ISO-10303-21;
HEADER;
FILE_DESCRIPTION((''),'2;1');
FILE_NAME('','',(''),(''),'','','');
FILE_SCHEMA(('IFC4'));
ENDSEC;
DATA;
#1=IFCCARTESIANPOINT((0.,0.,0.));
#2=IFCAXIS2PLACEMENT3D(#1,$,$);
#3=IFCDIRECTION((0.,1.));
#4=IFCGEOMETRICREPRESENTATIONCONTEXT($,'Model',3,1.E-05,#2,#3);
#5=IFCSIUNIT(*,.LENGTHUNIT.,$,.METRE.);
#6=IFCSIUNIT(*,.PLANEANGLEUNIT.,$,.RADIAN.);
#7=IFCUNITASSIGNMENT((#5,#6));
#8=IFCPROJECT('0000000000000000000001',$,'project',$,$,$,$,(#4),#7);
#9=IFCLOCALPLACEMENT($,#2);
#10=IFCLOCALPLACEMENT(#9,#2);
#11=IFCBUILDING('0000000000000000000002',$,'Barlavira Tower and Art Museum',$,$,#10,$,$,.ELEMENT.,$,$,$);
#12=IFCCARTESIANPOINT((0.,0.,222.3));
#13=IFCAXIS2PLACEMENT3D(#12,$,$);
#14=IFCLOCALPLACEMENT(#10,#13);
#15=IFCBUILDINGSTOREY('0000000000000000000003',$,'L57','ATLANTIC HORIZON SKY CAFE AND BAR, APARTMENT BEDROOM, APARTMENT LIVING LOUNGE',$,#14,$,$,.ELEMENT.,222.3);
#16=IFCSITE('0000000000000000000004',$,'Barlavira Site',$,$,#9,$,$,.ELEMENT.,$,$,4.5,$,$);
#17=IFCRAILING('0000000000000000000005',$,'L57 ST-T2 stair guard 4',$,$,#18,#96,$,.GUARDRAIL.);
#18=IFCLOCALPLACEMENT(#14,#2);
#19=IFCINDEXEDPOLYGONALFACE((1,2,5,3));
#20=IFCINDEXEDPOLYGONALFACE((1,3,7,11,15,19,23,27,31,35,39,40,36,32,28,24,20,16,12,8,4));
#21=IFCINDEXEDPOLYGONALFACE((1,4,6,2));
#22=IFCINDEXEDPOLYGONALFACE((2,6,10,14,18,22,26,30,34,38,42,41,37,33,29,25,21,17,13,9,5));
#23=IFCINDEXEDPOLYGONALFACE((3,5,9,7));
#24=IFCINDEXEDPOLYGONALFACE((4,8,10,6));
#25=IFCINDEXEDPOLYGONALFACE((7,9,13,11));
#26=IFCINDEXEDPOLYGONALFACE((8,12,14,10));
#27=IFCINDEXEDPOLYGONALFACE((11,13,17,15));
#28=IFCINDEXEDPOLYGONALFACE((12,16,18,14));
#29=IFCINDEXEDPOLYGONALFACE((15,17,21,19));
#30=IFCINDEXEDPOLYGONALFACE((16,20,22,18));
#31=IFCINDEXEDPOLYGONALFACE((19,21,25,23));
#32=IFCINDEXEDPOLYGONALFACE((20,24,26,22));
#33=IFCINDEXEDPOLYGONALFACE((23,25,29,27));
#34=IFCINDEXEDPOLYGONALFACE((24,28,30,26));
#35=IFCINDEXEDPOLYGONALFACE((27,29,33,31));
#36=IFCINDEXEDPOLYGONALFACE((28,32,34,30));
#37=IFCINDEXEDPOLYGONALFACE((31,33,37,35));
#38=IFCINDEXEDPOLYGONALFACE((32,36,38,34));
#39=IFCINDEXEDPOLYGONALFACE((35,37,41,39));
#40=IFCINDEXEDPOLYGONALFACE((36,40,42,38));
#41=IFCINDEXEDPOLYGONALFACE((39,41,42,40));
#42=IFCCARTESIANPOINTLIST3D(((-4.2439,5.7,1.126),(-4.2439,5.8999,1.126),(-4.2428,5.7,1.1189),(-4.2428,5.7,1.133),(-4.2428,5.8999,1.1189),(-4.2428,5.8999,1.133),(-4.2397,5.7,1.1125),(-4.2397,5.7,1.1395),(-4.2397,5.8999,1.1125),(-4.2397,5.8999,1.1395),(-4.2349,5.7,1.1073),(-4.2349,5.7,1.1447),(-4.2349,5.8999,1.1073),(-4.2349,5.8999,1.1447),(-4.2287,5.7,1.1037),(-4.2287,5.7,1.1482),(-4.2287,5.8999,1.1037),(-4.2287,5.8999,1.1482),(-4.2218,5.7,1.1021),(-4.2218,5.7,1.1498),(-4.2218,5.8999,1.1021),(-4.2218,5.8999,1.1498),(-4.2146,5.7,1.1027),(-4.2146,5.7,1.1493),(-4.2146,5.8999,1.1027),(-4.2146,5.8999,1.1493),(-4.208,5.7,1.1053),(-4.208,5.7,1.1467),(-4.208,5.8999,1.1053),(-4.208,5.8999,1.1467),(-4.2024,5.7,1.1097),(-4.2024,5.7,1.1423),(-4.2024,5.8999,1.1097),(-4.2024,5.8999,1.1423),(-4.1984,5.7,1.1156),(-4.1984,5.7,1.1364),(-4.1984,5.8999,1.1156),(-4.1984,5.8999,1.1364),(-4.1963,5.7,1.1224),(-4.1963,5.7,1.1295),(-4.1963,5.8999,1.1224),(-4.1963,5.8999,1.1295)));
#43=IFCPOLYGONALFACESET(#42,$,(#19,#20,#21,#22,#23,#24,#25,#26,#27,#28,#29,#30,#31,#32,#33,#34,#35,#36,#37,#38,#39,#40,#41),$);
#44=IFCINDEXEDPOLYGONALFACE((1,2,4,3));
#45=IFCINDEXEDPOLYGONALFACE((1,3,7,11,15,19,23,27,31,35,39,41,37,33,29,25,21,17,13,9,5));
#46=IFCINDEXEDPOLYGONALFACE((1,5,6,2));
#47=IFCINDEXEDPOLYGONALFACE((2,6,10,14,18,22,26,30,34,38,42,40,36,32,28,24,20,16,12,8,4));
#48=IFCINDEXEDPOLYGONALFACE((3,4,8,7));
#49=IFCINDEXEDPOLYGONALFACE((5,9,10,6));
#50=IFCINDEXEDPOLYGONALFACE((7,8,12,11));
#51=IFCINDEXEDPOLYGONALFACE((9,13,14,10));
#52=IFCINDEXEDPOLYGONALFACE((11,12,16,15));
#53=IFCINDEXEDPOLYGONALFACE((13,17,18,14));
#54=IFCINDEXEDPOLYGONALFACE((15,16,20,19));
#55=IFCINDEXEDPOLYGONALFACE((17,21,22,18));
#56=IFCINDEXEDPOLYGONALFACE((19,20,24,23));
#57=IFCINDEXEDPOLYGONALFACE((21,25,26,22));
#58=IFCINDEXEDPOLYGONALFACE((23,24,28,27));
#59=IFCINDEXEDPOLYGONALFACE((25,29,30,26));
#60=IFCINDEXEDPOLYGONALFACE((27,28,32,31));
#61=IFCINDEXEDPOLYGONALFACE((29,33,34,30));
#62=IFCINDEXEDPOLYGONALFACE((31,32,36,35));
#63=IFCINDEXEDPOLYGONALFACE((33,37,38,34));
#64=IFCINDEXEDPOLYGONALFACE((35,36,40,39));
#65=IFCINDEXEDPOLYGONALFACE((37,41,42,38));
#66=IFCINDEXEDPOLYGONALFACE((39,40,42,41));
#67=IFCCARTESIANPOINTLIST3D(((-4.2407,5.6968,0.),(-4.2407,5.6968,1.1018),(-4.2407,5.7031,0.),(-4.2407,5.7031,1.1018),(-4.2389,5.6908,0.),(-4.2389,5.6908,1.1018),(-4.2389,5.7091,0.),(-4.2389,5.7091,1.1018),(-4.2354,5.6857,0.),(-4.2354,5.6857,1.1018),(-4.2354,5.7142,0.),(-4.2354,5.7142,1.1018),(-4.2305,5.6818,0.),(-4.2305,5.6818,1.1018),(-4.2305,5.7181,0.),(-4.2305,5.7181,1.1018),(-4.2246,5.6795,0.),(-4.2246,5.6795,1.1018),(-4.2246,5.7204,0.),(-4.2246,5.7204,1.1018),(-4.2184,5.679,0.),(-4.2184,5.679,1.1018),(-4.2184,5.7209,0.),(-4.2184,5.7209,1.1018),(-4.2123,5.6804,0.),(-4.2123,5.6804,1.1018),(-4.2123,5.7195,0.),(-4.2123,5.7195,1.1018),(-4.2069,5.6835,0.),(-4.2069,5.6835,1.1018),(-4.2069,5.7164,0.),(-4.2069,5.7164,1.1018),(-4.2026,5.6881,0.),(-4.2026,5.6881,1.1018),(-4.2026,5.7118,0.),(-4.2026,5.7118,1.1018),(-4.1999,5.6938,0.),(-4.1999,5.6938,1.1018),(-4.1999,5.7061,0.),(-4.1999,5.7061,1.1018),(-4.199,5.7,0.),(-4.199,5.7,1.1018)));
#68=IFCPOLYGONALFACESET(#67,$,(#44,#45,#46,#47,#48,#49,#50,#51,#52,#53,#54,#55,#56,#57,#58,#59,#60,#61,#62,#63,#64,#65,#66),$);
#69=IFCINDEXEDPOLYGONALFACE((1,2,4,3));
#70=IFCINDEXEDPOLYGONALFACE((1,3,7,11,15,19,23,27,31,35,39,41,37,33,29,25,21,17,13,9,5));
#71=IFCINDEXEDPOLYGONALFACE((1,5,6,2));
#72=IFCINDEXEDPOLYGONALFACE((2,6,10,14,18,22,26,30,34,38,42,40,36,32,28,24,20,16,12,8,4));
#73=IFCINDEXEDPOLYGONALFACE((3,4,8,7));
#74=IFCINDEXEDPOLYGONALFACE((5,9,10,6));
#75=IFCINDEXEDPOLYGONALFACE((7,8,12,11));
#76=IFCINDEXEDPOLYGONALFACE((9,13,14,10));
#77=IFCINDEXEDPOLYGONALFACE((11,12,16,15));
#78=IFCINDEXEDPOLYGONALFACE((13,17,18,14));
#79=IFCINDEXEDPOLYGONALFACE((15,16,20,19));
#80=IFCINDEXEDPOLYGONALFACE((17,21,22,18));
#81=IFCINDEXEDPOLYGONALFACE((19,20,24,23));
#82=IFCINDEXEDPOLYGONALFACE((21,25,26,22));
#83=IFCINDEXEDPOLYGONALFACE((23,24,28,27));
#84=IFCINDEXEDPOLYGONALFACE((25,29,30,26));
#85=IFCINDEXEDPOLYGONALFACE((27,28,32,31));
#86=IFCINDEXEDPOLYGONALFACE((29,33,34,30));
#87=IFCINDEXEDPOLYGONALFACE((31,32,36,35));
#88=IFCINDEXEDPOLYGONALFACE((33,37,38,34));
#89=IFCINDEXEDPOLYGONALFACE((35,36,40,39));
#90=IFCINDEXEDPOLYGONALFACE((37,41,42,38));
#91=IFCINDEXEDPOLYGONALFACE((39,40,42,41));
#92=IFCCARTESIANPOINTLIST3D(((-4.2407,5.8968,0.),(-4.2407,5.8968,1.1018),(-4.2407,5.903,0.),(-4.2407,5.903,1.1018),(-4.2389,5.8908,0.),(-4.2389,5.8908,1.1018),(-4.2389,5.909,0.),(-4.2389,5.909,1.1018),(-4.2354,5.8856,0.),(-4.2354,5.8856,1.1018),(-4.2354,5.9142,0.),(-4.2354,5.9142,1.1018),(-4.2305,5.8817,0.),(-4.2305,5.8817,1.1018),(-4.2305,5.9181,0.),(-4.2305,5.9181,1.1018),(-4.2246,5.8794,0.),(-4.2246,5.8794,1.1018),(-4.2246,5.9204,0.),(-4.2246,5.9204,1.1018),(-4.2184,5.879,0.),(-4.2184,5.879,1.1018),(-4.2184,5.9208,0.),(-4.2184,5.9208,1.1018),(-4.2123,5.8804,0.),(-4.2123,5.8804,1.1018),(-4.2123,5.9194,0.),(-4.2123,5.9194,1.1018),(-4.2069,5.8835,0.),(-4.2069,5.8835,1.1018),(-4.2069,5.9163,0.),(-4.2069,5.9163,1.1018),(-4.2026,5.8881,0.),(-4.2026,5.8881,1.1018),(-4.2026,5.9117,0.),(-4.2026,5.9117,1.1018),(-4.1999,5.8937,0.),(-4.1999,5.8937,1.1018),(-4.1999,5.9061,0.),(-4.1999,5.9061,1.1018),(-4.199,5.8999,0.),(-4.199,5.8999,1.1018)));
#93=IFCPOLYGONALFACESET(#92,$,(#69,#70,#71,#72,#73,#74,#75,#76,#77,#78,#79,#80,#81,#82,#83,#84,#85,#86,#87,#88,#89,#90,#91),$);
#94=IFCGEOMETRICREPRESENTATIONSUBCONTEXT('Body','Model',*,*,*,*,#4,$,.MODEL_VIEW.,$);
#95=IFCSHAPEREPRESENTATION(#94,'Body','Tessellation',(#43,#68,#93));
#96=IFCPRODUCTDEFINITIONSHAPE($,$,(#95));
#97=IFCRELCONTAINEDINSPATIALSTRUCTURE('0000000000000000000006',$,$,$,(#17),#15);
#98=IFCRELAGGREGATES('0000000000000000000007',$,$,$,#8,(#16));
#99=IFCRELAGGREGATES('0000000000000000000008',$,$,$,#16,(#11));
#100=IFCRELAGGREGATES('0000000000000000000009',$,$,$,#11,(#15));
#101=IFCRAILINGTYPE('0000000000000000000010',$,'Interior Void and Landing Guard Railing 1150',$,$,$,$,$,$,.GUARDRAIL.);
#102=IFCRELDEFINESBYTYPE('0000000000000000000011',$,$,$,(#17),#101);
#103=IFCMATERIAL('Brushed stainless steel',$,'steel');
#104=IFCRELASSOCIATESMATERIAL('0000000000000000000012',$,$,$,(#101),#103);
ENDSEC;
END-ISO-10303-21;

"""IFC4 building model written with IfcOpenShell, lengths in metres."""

from ifc_helpers import new_model, si_unit, direction, frame, origin, origin_2d, place, context, subcontext, project, spatial, circle, extrude, material, type_object, element, save


model = new_model("IFC4")

# Units and contexts
model_context = context("Model", 3, precision=1e-05, world=origin(), true_north=direction((0.0, 1.0)))
body_context = subcontext(model_context, "Body", "Model", "MODEL_VIEW")
ifc_project = project(units=[si_unit("LENGTHUNIT", "METRE"), si_unit("PLANEANGLEUNIT", "RADIAN")], contexts=[model_context])

# Site, building, storey
site_placement = place(None, origin())
site = spatial("IfcSite", under=ifc_project, at=site_placement, Name="Barlavira Site", CompositionType="ELEMENT", RefElevation=4.5)
building_placement = place(site_placement, origin())
building = spatial("IfcBuilding", under=site, at=building_placement, Name="Barlavira Tower and Art Museum", CompositionType="ELEMENT")
storey_placement = place(building_placement, frame((0.0, 0.0, 222.3)))
storey = spatial("IfcBuildingStorey", under=building, at=storey_placement, Name="L57", Description="ATLANTIC HORIZON SKY CAFE AND BAR, APARTMENT BEDROOM, APARTMENT LIVING LOUNGE", CompositionType="ELEMENT", Elevation=222.3)

# Shared definitions
ifc_material_1 = material(Name="Brushed stainless steel", Category="steel")

# Railing
railing_type_1 = type_object("IfcRailingType", Name="Interior Void and Landing Guard Railing 1150", PredefinedType="GUARDRAIL", material=ifc_material_1)
railing_1_placement = place(storey_placement, frame((-4.22, 5.7, 0.0)))
element("IfcRailing", 1, at=railing_1_placement, inside=storey, type_object=railing_type_1, Name="L57 ST-T2 stair guard 4", PredefinedType="GUARDRAIL", context=body_context, shape_type="SweptSolid", body=[
    extrude(circle(Radius=0.0239, at=origin_2d()), frame((0.0, 0.0, 1.126), z_axis=(0.0, 1.0, 0.0), x_axis=(-1.0, 0.0, 0.0)), (0.0, 0.0, 1.0), 0.2),
    extrude(circle(Radius=0.021, at=origin_2d()), origin(), (0.0, 0.0, 1.0), 1.1018),
    extrude(circle(Radius=0.021, at=origin_2d()), frame((0.0, 0.2, 0.0)), (0.0, 0.0, 1.0), 1.1018),
])

save(model, "model.ifc")
